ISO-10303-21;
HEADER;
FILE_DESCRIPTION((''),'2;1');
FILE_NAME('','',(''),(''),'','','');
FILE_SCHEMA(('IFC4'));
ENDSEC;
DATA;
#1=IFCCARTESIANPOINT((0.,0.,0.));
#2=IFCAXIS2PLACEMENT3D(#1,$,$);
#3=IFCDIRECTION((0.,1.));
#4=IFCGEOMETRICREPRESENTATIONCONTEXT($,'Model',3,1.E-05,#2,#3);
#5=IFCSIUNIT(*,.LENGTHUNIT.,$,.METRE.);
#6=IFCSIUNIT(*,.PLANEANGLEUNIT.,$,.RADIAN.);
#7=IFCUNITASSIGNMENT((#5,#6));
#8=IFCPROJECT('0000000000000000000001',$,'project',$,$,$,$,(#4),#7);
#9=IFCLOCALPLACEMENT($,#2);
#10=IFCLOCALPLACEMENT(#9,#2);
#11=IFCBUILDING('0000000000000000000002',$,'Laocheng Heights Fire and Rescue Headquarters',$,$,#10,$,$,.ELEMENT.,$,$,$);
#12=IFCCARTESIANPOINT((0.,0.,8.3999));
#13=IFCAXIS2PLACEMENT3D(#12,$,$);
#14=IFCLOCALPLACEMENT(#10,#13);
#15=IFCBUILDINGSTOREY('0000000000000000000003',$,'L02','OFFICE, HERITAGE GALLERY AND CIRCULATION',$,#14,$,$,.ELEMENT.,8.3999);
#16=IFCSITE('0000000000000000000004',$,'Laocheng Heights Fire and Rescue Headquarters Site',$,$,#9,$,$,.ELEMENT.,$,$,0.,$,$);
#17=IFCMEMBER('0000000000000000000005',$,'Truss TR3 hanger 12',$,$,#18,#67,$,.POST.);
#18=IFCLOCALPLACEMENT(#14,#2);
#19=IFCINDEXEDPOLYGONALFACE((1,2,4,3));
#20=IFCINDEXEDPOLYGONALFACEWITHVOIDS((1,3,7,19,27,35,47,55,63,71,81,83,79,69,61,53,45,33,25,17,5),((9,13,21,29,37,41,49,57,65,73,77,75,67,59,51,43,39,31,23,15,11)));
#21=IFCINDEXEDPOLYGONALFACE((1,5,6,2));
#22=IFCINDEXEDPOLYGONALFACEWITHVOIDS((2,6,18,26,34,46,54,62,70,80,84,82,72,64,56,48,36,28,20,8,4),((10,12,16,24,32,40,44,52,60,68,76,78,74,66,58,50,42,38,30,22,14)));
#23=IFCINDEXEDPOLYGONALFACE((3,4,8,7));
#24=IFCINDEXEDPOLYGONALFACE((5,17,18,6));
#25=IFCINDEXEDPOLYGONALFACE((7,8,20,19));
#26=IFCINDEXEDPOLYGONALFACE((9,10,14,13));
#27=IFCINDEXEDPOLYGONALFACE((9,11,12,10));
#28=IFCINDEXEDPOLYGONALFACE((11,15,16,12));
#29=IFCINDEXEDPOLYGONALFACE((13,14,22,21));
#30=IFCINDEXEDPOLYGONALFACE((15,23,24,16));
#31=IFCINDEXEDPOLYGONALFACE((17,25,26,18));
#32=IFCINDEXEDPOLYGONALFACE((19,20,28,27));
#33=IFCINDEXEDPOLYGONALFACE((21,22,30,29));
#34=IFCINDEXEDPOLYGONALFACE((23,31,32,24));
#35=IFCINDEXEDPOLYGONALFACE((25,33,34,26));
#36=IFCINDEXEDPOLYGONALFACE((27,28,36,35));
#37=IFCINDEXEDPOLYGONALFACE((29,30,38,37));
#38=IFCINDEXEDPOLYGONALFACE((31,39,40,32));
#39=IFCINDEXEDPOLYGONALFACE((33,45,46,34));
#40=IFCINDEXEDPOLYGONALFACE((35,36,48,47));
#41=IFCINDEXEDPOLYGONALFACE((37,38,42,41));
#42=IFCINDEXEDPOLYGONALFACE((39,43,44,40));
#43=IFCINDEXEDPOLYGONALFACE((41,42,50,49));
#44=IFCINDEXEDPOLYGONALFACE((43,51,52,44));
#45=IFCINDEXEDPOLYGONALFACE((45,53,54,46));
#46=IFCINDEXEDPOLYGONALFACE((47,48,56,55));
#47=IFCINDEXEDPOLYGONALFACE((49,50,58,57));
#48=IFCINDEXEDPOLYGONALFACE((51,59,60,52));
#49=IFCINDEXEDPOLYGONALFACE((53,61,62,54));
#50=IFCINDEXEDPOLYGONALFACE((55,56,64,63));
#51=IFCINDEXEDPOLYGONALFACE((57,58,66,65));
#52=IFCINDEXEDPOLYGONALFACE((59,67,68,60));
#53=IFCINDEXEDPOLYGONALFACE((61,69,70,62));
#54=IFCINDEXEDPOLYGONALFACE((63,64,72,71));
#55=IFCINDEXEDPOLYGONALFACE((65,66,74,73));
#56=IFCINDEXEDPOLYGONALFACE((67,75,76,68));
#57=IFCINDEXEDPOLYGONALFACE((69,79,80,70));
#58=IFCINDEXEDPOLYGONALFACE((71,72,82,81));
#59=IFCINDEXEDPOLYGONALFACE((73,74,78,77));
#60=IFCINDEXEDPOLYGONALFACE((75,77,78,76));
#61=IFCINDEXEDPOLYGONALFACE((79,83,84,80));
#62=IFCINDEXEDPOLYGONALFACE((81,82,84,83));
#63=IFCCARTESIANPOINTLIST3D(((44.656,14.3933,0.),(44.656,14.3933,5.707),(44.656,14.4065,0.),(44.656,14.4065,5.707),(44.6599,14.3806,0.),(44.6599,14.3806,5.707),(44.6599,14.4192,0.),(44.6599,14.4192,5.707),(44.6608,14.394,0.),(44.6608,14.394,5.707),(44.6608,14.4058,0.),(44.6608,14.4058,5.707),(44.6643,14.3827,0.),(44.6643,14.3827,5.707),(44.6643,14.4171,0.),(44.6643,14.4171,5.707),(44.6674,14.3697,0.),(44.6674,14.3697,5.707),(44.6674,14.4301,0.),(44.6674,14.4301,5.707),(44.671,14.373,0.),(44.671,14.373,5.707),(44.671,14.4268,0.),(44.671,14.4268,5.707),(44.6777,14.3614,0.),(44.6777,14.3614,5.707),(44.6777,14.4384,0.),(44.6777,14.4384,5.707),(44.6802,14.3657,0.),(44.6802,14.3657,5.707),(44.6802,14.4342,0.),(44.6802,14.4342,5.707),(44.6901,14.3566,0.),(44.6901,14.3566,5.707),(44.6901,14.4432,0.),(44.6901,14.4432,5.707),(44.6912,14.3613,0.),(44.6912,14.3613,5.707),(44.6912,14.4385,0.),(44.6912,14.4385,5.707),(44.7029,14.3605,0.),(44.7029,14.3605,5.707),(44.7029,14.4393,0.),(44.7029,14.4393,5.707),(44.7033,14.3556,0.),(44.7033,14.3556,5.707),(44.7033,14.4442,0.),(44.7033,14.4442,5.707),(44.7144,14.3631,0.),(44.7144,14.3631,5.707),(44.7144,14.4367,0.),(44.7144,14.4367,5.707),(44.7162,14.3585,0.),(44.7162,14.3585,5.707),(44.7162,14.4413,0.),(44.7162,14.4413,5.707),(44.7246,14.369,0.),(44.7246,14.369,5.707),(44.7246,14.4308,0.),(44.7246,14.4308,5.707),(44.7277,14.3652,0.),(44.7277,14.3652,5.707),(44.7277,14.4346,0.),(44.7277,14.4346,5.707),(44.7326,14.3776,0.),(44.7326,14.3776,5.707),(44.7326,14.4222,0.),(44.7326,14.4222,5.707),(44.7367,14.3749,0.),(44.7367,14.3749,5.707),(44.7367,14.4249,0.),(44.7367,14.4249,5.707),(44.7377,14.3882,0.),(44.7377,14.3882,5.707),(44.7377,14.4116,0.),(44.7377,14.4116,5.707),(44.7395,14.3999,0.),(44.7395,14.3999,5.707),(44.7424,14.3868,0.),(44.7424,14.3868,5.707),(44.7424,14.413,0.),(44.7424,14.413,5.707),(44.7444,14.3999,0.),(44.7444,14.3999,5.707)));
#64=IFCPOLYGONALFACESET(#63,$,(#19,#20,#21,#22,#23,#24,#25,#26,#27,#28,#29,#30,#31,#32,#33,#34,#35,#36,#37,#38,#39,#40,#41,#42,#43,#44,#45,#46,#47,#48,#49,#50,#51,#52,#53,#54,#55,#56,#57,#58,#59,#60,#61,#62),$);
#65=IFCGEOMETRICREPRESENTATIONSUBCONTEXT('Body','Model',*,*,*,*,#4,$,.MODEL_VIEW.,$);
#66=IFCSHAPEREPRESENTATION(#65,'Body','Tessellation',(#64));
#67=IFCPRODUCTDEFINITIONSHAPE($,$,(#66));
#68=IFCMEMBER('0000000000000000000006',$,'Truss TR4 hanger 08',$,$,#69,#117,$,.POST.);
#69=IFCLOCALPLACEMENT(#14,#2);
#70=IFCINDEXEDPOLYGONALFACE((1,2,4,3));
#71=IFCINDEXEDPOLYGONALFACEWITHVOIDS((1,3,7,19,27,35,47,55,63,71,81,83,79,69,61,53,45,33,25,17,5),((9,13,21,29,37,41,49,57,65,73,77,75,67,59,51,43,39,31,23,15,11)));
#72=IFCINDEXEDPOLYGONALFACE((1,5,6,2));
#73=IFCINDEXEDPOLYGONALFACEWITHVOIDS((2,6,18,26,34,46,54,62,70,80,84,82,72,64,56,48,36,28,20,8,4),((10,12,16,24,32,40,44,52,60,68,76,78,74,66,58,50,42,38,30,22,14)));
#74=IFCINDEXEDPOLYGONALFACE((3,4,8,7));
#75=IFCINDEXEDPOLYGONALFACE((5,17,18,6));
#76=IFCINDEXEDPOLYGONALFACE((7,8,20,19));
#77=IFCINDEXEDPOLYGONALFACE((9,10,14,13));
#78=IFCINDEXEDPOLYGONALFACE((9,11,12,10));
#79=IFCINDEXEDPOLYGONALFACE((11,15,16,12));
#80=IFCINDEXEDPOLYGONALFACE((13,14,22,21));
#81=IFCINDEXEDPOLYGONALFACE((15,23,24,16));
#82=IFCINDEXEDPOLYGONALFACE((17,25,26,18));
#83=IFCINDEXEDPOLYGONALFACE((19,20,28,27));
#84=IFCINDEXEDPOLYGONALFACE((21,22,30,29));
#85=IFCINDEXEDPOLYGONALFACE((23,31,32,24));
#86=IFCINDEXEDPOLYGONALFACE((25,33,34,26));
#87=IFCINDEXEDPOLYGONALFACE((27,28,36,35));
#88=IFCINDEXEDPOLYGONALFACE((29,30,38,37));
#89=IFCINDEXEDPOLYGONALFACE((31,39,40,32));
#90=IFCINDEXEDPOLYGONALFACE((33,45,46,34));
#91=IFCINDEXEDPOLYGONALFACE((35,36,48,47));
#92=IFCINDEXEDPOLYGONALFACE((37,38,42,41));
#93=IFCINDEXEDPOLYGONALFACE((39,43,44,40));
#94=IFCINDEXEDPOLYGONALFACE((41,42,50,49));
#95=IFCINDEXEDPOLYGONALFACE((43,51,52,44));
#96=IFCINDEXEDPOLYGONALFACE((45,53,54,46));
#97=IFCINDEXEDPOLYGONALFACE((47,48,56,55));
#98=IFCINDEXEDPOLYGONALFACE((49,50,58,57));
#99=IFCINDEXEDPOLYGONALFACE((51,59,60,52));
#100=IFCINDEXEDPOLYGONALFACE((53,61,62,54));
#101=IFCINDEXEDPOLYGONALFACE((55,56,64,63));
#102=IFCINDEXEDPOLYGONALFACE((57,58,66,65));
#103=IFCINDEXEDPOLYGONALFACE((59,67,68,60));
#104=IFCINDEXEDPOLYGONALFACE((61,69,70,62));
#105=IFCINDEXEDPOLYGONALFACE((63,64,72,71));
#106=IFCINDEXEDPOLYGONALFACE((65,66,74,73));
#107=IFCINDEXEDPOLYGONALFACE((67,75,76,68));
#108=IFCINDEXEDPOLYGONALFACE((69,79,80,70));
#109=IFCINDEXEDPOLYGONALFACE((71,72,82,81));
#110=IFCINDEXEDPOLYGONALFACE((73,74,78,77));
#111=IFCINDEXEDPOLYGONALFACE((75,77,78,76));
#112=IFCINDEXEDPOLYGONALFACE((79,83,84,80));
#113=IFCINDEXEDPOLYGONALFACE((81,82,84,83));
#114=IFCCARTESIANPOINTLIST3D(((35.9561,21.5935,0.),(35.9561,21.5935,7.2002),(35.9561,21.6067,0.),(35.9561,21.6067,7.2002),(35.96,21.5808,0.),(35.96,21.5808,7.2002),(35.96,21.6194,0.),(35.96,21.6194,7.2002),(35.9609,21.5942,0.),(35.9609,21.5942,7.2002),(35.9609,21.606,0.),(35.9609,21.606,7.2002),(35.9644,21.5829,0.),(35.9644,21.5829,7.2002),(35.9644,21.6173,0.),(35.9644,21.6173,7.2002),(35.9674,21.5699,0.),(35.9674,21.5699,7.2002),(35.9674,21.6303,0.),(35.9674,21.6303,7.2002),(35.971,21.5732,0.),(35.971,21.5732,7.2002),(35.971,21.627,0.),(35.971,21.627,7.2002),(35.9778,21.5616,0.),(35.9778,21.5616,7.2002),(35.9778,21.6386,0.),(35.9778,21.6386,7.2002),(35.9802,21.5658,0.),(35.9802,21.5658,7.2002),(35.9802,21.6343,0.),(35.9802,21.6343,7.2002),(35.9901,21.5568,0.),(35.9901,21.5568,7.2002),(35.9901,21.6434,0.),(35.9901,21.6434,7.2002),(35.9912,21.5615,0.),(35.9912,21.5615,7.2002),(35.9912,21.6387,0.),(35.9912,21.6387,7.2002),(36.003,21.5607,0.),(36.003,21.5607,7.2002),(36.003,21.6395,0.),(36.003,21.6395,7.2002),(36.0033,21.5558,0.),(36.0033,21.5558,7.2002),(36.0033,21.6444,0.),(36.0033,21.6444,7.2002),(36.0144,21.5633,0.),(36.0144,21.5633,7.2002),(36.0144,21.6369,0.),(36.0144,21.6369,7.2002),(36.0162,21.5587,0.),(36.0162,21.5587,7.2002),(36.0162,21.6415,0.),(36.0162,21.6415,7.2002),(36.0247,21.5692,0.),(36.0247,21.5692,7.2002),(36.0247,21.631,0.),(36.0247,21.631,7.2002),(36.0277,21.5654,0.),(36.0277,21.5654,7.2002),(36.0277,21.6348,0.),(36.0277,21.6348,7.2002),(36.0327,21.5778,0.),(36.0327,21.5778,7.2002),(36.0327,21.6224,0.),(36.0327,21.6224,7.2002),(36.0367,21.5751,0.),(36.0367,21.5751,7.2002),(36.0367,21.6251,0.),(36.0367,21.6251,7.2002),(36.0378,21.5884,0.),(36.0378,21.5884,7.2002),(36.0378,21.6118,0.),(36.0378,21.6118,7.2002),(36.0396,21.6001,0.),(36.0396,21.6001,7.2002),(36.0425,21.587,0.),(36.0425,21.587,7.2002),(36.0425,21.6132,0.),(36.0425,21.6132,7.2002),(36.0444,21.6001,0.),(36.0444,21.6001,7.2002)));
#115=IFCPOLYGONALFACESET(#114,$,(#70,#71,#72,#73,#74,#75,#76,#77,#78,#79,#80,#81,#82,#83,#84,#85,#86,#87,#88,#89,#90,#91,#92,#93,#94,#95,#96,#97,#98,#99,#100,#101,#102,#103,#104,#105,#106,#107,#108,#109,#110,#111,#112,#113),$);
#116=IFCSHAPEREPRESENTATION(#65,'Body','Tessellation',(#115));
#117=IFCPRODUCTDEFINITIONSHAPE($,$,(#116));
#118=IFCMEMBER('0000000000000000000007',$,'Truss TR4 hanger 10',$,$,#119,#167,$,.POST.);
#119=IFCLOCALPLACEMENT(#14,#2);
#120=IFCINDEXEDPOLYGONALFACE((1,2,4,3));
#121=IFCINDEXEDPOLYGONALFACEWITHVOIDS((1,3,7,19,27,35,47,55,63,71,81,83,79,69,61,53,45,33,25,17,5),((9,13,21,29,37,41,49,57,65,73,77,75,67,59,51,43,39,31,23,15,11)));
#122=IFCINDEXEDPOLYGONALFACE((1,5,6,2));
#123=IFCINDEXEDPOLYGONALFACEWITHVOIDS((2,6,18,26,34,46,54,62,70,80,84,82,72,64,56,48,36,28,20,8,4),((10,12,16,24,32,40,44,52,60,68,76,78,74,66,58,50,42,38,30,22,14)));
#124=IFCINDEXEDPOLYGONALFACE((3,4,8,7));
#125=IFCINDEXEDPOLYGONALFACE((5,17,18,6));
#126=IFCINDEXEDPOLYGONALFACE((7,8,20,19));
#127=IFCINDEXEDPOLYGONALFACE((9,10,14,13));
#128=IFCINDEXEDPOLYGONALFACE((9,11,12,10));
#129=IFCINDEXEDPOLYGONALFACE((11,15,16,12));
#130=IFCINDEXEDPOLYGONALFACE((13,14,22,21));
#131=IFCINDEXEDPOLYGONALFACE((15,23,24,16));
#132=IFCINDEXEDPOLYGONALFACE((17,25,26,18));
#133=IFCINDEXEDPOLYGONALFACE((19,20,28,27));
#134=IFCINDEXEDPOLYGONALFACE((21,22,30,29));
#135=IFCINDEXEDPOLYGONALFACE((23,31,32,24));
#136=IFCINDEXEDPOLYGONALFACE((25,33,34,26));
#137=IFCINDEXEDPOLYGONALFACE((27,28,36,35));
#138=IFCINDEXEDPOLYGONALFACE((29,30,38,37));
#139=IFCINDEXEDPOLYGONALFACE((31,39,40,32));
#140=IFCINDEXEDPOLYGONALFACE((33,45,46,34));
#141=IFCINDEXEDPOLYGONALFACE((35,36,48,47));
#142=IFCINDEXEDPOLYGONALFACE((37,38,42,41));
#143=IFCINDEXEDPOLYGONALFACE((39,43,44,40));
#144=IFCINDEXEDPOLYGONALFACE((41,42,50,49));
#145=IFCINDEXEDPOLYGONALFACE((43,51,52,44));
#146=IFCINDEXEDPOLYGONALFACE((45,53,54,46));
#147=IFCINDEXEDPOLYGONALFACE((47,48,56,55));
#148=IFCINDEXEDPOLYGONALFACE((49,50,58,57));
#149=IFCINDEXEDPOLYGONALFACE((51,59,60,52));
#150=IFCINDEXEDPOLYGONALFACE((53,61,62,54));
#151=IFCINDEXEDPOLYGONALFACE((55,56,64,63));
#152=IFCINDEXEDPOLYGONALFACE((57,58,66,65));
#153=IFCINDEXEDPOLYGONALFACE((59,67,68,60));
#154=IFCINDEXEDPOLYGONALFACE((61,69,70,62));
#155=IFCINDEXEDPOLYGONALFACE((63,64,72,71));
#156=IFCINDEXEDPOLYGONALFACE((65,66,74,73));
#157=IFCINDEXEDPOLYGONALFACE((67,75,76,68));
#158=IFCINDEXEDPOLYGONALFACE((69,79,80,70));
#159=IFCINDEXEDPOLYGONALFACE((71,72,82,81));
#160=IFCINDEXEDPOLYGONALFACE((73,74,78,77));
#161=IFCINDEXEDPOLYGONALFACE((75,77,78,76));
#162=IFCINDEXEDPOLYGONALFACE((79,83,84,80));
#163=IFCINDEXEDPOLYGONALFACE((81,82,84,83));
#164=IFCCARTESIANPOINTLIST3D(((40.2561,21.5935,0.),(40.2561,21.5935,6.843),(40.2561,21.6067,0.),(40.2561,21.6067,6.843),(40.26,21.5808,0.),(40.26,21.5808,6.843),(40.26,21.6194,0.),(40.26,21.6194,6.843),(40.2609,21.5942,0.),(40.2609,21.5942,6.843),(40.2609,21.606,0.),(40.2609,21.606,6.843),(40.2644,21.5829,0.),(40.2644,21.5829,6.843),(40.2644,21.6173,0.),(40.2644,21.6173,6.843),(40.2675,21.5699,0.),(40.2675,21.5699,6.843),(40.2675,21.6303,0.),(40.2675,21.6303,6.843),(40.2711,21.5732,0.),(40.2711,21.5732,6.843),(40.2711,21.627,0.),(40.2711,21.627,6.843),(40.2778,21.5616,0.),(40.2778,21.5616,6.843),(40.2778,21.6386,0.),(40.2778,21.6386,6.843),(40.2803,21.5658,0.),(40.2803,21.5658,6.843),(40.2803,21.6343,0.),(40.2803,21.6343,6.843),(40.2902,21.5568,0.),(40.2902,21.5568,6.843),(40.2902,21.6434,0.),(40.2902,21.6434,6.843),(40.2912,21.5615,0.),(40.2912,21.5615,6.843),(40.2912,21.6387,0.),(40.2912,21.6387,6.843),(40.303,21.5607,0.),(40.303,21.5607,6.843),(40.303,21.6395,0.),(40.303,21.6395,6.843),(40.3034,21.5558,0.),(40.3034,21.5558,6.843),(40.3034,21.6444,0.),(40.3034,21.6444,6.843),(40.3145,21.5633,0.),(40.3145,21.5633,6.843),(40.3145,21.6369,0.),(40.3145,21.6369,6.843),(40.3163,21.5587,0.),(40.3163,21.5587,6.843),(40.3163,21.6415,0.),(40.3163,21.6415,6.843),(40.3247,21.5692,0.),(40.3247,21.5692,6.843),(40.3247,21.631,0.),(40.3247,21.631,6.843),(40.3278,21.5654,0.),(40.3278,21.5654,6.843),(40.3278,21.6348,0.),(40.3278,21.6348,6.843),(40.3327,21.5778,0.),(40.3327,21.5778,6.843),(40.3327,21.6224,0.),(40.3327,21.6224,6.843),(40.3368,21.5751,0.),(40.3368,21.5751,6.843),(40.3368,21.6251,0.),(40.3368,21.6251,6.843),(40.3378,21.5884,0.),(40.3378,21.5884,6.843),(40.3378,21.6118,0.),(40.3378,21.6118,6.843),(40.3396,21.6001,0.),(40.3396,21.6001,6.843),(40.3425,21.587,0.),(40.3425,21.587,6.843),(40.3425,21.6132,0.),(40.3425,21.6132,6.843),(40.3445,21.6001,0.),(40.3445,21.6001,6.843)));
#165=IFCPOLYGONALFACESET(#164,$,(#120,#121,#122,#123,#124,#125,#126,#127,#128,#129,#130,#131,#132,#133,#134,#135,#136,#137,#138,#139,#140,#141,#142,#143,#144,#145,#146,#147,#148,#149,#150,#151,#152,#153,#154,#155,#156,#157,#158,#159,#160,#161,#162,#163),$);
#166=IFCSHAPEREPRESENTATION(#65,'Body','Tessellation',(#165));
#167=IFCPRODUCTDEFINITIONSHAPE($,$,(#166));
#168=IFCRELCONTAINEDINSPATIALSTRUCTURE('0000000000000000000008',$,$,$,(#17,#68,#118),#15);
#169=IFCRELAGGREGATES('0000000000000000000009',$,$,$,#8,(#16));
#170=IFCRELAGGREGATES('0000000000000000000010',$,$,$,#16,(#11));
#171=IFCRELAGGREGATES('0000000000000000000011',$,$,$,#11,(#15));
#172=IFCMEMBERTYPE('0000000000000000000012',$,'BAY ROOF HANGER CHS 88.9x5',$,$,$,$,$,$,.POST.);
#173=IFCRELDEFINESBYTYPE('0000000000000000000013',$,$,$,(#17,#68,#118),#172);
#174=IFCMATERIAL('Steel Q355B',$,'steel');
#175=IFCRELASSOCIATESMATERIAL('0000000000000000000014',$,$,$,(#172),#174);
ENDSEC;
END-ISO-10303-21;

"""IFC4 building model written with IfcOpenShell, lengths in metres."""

from ifc_helpers import new_model, si_unit, direction, frame, origin, origin_2d, place, context, subcontext, project, spatial, hollow_circle, extrude, material, material_profile, profile_set, type_object, element, save


model = new_model("IFC4")

# Units and contexts
model_context = context("Model", 3, precision=1e-05, world=origin(), true_north=direction((0.0, 1.0)))
body_context = subcontext(model_context, "Body", "Model", "MODEL_VIEW")
ifc_project = project(units=[si_unit("LENGTHUNIT", "METRE"), si_unit("PLANEANGLEUNIT", "RADIAN")], contexts=[model_context])

# Site, building, storey
site_placement = place(None, origin())
site = spatial("IfcSite", under=ifc_project, at=site_placement, Name="Laocheng Heights Fire and Rescue Headquarters Site", CompositionType="ELEMENT", RefElevation=0.0)
building_placement = place(site_placement, origin())
building = spatial("IfcBuilding", under=site, at=building_placement, Name="Laocheng Heights Fire and Rescue Headquarters", CompositionType="ELEMENT")
storey_placement = place(building_placement, frame((0.0, 0.0, 8.3999)))
storey = spatial("IfcBuildingStorey", under=building, at=storey_placement, Name="L02", Description="OFFICE, HERITAGE GALLERY AND CIRCULATION", CompositionType="ELEMENT", Elevation=8.3999)

# Members
ifc_material_1 = material(Name="Steel Q355B", Category="steel")
ifc_material_profile_1 = material_profile(ifc_material_1, hollow_circle(Radius=0.0444, WallThickness=0.0049, at=origin_2d()), Name="CHS 88.9x5")
ifc_profile_set_1 = profile_set([ifc_material_profile_1], Name="Steel Q355B")
member_type_1 = type_object("IfcMemberType", Name="BAY ROOF HANGER CHS 88.9x5", PredefinedType="POST", material=ifc_profile_set_1)
member_1_placement = place(storey_placement, frame((44.7, 14.3999, 0.0), z_axis=(0.0, 0.0, 1.0), x_axis=(1.0, 0.0, 0.0)))
element("IfcMember", 1, at=member_1_placement, inside=storey, type_object=member_type_1, Name="Truss TR3 hanger 12", PredefinedType="POST", context=body_context, shape_type="SweptSolid", body=[
    extrude(hollow_circle(Radius=0.0444, WallThickness=0.0049, at=origin_2d()), origin(), (0.0, 0.0, 1.0), 5.707),
])
member_2_placement = place(storey_placement, frame((36.0, 21.6001, 0.0), z_axis=(0.0, 0.0, 1.0), x_axis=(1.0, 0.0, 0.0)))
element("IfcMember", 2, at=member_2_placement, inside=storey, type_object=member_type_1, Name="Truss TR4 hanger 08", PredefinedType="POST", context=body_context, shape_type="SweptSolid", body=[
    extrude(hollow_circle(Radius=0.0444, WallThickness=0.0049, at=origin_2d()), origin(), (0.0, 0.0, 1.0), 7.2002),
])
member_3_placement = place(storey_placement, frame((40.3, 21.6001, 0.0), z_axis=(0.0, 0.0, 1.0), x_axis=(1.0, 0.0, 0.0)))
element("IfcMember", 3, at=member_3_placement, inside=storey, type_object=member_type_1, Name="Truss TR4 hanger 10", PredefinedType="POST", context=body_context, shape_type="SweptSolid", body=[
    extrude(hollow_circle(Radius=0.0444, WallThickness=0.0049, at=origin_2d()), origin(), (0.0, 0.0, 1.0), 6.843),
])

save(model, "model.ifc")
